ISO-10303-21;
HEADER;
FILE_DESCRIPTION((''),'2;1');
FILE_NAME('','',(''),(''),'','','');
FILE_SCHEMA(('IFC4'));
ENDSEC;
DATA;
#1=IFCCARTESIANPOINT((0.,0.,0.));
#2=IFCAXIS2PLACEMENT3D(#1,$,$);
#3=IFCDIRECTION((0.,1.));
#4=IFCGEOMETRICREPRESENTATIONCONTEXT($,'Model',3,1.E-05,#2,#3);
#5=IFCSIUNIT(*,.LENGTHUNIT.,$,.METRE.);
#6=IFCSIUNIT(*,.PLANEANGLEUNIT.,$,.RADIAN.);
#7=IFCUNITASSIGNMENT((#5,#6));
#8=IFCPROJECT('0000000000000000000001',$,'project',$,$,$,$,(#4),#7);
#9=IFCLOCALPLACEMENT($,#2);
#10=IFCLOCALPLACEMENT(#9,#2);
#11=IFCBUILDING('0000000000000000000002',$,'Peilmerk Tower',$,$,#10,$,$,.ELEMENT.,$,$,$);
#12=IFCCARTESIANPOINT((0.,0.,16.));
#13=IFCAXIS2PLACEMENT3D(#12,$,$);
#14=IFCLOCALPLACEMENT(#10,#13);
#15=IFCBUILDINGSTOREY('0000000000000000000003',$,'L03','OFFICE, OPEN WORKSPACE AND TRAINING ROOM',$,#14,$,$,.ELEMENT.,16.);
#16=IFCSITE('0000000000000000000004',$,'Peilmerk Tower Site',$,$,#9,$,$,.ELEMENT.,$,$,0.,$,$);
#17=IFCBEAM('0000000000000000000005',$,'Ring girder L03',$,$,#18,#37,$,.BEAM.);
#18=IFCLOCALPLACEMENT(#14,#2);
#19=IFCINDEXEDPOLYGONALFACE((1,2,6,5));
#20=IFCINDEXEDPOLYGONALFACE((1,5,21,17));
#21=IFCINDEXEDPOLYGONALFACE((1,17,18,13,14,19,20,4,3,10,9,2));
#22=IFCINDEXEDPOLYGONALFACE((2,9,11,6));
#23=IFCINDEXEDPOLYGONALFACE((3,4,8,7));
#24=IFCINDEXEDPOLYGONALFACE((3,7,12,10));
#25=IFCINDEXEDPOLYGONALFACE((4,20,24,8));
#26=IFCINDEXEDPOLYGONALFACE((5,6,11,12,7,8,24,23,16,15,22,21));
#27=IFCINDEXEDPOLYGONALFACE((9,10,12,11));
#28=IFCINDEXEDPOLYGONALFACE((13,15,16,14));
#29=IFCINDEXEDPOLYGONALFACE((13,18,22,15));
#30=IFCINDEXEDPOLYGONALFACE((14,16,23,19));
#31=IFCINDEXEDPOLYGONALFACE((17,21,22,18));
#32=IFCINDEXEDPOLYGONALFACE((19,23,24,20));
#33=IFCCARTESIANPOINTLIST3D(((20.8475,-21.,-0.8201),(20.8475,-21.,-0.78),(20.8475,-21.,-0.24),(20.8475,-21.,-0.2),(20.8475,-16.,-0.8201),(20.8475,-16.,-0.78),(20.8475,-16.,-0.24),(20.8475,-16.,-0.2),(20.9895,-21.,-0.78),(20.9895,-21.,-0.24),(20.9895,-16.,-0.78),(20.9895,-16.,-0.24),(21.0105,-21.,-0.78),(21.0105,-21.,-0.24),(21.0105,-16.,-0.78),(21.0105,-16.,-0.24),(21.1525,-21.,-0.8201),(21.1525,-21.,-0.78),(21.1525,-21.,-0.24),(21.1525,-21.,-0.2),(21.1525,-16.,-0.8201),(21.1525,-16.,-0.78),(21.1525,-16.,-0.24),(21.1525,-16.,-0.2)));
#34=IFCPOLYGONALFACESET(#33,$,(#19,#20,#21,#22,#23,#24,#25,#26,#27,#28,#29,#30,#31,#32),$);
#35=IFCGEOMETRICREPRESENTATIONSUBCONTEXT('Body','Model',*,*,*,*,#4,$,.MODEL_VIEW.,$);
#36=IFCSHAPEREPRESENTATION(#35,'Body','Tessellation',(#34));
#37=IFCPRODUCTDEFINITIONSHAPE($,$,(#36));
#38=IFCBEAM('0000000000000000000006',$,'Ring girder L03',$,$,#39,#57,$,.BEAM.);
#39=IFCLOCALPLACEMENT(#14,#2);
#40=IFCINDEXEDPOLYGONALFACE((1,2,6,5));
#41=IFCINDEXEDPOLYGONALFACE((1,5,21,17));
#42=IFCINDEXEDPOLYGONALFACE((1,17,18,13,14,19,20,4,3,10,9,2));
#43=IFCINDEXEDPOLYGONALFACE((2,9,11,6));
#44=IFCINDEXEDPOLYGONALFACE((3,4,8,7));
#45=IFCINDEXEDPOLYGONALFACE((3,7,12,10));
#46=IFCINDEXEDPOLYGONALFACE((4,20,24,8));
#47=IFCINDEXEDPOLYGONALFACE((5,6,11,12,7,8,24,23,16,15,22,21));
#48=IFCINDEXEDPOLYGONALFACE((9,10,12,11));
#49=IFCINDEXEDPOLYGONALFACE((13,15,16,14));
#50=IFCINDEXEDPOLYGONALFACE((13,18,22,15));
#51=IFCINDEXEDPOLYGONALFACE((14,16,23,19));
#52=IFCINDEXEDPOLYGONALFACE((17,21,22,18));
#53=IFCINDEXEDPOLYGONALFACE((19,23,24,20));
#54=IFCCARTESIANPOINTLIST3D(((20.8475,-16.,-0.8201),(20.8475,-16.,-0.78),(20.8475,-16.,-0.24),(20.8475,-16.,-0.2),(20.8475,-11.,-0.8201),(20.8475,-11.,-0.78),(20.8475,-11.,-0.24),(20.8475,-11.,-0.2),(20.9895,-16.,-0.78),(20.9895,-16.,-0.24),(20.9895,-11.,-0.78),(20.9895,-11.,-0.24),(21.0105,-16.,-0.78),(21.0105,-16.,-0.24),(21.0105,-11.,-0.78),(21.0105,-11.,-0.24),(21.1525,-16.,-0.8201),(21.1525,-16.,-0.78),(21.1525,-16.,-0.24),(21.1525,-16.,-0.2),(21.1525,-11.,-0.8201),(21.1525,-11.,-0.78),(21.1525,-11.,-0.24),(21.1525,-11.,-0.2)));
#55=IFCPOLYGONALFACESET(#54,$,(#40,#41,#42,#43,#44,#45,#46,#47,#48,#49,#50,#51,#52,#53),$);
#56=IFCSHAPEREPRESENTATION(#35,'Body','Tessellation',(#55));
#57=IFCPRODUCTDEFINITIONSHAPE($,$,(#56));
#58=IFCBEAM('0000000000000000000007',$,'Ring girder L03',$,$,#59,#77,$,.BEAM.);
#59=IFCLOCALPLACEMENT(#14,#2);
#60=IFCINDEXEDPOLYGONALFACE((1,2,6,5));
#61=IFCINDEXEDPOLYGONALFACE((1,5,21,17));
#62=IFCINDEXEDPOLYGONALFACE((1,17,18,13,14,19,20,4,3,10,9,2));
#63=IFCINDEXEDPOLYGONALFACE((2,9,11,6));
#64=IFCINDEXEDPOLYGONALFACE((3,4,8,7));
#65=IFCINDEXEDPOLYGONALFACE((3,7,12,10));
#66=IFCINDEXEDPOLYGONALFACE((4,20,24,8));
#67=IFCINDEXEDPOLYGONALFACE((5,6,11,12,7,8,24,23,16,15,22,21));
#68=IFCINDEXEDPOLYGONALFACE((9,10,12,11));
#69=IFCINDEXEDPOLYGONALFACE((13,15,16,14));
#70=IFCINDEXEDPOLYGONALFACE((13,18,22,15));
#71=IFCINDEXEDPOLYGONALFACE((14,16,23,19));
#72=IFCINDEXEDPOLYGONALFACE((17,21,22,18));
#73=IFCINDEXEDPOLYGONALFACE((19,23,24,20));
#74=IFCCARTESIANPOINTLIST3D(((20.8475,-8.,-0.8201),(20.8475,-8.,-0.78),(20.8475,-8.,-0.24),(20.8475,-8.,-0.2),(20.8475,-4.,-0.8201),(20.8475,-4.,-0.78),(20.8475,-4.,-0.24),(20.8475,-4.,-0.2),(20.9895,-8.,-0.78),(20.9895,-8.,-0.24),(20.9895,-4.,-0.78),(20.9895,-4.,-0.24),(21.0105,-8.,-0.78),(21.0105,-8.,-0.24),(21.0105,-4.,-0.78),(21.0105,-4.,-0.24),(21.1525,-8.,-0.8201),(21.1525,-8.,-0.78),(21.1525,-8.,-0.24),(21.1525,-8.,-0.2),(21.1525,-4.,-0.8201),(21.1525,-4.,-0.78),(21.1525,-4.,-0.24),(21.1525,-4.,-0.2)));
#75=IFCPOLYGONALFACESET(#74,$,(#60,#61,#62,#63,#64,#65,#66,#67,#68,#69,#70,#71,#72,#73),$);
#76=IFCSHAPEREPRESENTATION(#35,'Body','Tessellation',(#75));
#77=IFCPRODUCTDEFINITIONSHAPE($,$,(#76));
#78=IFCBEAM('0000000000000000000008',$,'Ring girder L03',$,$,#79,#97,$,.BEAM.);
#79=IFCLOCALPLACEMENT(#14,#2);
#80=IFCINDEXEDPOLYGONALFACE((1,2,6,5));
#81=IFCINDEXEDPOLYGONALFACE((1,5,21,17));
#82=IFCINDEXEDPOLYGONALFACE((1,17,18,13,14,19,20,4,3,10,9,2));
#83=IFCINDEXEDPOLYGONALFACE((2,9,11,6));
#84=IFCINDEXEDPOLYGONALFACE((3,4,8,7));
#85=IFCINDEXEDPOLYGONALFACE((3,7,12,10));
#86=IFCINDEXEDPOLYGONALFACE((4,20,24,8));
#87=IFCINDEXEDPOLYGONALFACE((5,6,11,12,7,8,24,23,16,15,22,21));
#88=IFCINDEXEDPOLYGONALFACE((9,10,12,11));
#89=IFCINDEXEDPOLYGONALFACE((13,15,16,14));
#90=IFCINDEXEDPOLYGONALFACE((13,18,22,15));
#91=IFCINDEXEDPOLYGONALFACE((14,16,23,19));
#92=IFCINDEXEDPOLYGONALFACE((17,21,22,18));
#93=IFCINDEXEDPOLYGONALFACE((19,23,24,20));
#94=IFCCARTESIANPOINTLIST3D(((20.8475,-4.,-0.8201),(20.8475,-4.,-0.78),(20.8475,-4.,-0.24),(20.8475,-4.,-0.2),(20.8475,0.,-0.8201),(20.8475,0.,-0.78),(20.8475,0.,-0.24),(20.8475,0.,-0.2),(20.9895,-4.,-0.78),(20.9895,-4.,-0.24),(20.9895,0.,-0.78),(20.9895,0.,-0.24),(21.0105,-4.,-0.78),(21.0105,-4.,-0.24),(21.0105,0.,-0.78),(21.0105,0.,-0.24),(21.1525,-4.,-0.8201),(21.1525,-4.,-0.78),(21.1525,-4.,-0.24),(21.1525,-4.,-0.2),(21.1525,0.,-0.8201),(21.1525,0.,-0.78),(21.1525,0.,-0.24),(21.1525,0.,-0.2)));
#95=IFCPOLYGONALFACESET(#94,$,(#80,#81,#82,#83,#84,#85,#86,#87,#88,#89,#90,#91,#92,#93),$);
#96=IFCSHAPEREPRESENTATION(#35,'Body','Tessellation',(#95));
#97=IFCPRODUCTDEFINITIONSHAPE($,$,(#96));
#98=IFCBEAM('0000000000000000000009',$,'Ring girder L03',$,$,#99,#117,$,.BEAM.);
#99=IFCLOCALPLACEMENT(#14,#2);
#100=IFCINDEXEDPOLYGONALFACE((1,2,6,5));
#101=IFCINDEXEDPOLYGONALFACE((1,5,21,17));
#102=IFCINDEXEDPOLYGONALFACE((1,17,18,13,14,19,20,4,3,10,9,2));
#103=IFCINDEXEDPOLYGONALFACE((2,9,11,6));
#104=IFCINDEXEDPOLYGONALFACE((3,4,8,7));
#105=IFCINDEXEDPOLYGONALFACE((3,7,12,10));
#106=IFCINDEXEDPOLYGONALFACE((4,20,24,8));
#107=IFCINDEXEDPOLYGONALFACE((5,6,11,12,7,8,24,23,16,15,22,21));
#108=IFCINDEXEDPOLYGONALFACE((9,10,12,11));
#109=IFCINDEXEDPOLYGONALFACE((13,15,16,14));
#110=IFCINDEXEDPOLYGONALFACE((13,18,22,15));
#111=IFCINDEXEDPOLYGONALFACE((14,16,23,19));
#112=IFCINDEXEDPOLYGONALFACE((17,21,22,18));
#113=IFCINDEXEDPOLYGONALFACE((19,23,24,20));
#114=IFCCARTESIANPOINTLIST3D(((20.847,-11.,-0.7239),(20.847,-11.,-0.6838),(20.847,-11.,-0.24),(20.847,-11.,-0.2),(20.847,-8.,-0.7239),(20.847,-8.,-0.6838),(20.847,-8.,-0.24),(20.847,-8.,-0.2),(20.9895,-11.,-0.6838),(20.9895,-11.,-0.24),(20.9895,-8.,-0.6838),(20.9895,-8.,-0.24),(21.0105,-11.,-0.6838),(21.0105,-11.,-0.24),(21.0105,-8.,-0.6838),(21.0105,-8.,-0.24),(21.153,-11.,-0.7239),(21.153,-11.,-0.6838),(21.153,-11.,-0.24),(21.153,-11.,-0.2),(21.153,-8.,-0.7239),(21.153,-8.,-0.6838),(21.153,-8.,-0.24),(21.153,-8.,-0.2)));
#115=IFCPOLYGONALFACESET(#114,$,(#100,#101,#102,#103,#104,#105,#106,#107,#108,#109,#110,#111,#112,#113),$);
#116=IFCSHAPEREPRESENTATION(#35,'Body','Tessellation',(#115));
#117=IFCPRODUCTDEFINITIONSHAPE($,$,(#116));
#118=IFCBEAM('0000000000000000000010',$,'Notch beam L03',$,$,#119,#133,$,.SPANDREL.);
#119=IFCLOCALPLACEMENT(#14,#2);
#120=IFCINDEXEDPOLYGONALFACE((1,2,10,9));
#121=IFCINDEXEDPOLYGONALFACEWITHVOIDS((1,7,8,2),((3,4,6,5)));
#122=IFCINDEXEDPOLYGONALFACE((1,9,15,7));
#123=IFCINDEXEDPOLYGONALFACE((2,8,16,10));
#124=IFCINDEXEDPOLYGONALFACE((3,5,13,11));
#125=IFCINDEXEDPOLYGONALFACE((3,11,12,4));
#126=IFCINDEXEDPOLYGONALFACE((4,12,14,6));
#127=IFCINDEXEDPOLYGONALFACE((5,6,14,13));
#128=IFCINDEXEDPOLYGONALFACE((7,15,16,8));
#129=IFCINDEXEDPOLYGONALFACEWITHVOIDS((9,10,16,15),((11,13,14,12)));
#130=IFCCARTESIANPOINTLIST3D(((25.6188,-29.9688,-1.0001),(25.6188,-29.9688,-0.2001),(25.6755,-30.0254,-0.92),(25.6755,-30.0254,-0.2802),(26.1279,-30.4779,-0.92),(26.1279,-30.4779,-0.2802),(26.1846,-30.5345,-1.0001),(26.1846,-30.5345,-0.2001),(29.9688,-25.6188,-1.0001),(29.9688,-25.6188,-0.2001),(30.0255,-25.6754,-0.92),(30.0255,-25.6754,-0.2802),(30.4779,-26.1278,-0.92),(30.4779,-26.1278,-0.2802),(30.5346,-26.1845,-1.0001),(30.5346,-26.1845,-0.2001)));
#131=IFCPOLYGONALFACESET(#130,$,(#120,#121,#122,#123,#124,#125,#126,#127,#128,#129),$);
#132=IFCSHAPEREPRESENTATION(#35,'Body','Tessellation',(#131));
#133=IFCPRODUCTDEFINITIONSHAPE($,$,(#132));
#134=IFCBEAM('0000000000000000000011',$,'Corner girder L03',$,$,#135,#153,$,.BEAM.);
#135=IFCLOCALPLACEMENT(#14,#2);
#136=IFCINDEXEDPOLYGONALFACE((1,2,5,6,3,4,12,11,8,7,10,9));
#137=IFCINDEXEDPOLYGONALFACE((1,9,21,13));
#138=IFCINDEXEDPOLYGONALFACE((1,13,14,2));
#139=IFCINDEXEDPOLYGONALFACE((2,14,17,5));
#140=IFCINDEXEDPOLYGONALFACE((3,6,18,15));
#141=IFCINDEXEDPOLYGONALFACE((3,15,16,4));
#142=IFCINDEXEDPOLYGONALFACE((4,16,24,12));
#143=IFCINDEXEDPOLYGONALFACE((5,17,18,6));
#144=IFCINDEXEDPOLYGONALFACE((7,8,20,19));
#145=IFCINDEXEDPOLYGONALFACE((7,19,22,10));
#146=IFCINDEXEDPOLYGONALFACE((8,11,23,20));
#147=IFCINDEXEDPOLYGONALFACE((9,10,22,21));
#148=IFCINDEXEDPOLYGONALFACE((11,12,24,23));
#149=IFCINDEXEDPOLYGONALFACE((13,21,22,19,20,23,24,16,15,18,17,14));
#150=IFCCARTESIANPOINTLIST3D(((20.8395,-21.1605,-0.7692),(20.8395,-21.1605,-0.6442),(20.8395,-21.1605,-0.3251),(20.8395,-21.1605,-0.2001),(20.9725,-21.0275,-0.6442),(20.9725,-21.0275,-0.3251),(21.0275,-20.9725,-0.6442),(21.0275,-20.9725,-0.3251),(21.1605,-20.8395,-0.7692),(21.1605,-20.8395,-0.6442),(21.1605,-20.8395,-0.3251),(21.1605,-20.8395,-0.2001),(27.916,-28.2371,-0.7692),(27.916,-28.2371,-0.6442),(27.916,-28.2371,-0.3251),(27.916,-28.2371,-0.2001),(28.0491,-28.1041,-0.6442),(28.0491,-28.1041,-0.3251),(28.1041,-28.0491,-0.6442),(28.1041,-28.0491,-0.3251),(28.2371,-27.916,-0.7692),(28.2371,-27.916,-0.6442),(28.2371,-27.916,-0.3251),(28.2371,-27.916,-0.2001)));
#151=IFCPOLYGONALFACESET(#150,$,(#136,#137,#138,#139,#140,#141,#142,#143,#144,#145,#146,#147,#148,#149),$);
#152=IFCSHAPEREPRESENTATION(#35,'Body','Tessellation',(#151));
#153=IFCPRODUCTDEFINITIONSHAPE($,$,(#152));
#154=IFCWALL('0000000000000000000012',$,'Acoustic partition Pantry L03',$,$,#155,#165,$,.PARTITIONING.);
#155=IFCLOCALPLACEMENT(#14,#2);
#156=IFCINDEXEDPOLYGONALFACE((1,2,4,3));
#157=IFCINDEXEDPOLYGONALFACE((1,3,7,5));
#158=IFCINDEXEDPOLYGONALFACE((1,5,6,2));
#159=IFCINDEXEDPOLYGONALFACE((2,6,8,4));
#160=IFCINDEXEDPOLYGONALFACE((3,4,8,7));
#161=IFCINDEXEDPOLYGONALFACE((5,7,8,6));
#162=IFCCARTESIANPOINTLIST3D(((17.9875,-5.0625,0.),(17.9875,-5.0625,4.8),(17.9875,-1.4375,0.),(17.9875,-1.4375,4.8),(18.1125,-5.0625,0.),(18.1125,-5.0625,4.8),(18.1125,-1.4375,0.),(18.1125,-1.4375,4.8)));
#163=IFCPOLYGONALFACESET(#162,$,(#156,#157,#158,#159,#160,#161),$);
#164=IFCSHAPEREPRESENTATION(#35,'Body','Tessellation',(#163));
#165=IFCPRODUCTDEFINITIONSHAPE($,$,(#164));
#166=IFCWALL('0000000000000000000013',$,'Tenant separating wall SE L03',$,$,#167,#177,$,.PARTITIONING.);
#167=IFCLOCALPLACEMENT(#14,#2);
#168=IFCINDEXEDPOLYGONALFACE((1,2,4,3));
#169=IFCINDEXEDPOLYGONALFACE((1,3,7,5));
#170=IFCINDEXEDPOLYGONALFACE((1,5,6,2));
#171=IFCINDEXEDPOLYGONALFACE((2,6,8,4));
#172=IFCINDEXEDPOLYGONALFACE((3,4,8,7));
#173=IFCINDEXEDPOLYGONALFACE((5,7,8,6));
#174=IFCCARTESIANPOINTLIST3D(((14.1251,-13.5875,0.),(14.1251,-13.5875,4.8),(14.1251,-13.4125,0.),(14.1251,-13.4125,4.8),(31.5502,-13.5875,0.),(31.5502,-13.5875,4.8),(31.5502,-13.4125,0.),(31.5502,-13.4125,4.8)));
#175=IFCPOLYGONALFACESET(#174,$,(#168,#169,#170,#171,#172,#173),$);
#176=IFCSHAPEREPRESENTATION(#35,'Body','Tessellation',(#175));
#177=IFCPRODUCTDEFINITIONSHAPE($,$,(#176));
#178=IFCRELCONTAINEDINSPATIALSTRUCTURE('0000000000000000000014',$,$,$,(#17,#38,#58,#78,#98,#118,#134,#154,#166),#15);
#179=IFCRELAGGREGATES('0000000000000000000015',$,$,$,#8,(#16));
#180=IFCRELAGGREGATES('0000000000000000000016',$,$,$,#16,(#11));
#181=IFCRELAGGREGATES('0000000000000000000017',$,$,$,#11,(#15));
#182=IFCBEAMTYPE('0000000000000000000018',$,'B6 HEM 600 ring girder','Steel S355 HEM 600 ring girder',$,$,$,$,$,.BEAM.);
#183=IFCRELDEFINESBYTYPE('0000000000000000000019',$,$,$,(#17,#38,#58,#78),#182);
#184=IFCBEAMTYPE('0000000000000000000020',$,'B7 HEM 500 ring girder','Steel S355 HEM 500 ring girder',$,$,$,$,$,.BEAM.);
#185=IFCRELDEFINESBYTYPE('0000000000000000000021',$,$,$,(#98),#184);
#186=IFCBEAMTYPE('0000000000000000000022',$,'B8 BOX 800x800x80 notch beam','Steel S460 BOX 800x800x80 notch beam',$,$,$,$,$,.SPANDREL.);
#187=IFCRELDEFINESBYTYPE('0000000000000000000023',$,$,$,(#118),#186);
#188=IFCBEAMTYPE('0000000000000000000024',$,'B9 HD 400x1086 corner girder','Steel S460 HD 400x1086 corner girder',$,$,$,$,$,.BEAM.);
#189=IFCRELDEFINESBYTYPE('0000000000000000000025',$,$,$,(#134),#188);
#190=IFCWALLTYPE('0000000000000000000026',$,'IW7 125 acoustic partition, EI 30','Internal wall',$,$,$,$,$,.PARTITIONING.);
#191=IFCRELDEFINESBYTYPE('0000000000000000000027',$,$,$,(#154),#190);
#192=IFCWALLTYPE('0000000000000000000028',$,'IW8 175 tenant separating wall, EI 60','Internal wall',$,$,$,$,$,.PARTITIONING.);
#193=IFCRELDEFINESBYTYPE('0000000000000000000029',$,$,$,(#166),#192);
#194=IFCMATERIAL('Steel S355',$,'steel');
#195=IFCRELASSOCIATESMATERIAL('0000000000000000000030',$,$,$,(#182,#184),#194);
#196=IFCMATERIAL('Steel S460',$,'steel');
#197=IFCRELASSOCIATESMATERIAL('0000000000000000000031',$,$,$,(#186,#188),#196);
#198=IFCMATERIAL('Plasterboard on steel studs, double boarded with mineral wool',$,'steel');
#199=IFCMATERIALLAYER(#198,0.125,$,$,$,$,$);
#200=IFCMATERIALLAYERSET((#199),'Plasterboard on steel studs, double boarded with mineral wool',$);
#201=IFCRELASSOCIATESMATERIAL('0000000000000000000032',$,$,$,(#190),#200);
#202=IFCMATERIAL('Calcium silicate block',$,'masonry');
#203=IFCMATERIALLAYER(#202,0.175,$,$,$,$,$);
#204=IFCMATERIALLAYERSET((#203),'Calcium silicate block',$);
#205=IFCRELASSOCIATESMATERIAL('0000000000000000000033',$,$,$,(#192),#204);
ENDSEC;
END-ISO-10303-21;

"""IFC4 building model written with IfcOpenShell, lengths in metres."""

from ifc_helpers import new_model, si_unit, direction, frame, frame_2d, origin, origin_2d, place, context, subcontext, project, spatial, rectangle, hollow_rectangle, i_section, extrude, material, layer, layer_set, material_profile, profile_set, type_object, element, save


model = new_model("IFC4")

# Units and contexts
model_context = context("Model", 3, precision=1e-05, world=origin(), true_north=direction((0.0, 1.0)))
body_context = subcontext(model_context, "Body", "Model", "MODEL_VIEW")
ifc_project = project(units=[si_unit("LENGTHUNIT", "METRE"), si_unit("PLANEANGLEUNIT", "RADIAN")], contexts=[model_context])

# Site, building, storey
site_placement = place(None, origin())
site = spatial("IfcSite", under=ifc_project, at=site_placement, Name="Peilmerk Tower Site", CompositionType="ELEMENT", RefElevation=0.0)
building_placement = place(site_placement, origin())
building = spatial("IfcBuilding", under=site, at=building_placement, Name="Peilmerk Tower", CompositionType="ELEMENT")
storey_placement = place(building_placement, frame((0.0, 0.0, 16.0)))
storey = spatial("IfcBuildingStorey", under=building, at=storey_placement, Name="L03", Description="OFFICE, OPEN WORKSPACE AND TRAINING ROOM", CompositionType="ELEMENT", Elevation=16.0)

# Beams
ifc_material_1 = material(Name="Steel S355", Category="steel")
ifc_material_profile_1 = material_profile(ifc_material_1, i_section(OverallWidth=0.3049, OverallDepth=0.6201, WebThickness=0.021, FlangeThickness=0.04, at=origin_2d()), Name="HEM 600")
ifc_profile_set_1 = profile_set([ifc_material_profile_1], Name="Steel S355")
beam_type_1 = type_object("IfcBeamType", Name="B6 HEM 600 ring girder", Description="Steel S355 HEM 600 ring girder", PredefinedType="BEAM", material=ifc_profile_set_1)
for number, where, z_axis, x_axis, name in (
    (1, (21.0, -21.0, -0.51), (0.0, 1.0, 0.0), (-1.0, 0.0, 0.0), "Ring girder L03"),
    (2, (21.0, -16.0, -0.51), (0.0, 1.0, 0.0), (-1.0, 0.0, 0.0), "Ring girder L03"),
):
    element("IfcBeam", number, at=place(storey_placement, frame(where, z_axis=z_axis, x_axis=x_axis)), inside=storey, type_object=beam_type_1, Name=name, PredefinedType="BEAM", context=body_context, shape_type="SweptSolid", body=[
        extrude(i_section(OverallWidth=0.3049, OverallDepth=0.6201, WebThickness=0.021, FlangeThickness=0.04, at=origin_2d()), origin(), (0.0, 0.0, 1.0), 5.0),
    ])
for number, where, z_axis, x_axis, name in (
    (3, (21.0, -8.0, -0.51), (0.0, 1.0, 0.0), (-1.0, 0.0, 0.0), "Ring girder L03"),
    (4, (21.0, -4.0, -0.51), (0.0, 1.0, 0.0), (-1.0, 0.0, 0.0), "Ring girder L03"),
):
    element("IfcBeam", number, at=place(storey_placement, frame(where, z_axis=z_axis, x_axis=x_axis)), inside=storey, type_object=beam_type_1, Name=name, PredefinedType="BEAM", context=body_context, shape_type="SweptSolid", body=[
        extrude(i_section(OverallWidth=0.3049, OverallDepth=0.6201, WebThickness=0.021, FlangeThickness=0.04, at=origin_2d()), origin(), (0.0, 0.0, 1.0), 4.0),
    ])
ifc_material_profile_2 = material_profile(ifc_material_1, i_section(OverallWidth=0.3059, OverallDepth=0.5239, WebThickness=0.021, FlangeThickness=0.04, at=origin_2d()), Name="HEM 500")
ifc_profile_set_2 = profile_set([ifc_material_profile_2], Name="Steel S355")
beam_type_2 = type_object("IfcBeamType", Name="B7 HEM 500 ring girder", Description="Steel S355 HEM 500 ring girder", PredefinedType="BEAM", material=ifc_profile_set_2)
beam_1_placement = place(storey_placement, frame((21.0, -11.0, -0.4619), z_axis=(0.0, 1.0, 0.0), x_axis=(-1.0, 0.0, 0.0)))
element("IfcBeam", 5, at=beam_1_placement, inside=storey, type_object=beam_type_2, Name="Ring girder L03", PredefinedType="BEAM", context=body_context, shape_type="SweptSolid", body=[
    extrude(i_section(OverallWidth=0.3059, OverallDepth=0.5239, WebThickness=0.021, FlangeThickness=0.04, at=origin_2d()), origin(), (0.0, 0.0, 1.0), 3.0),
])
ifc_material_2 = material(Name="Steel S460", Category="steel")
ifc_material_profile_3 = material_profile(ifc_material_2, hollow_rectangle(XDim=0.8, YDim=0.8, WallThickness=0.0801, at=origin_2d()), Name="BOX 800x800x80")
ifc_profile_set_3 = profile_set([ifc_material_profile_3], Name="Steel S460")
beam_type_3 = type_object("IfcBeamType", Name="B8 BOX 800x800x80 notch beam", Description="Steel S460 BOX 800x800x80 notch beam", PredefinedType="SPANDREL", material=ifc_profile_set_3)
beam_2_placement = place(storey_placement, frame((30.2517, -25.9016, -0.6001), z_axis=(-0.707107, -0.707107, 0.0), x_axis=(0.707107, -0.707107, 0.0)))
element("IfcBeam", 6, at=beam_2_placement, inside=storey, type_object=beam_type_3, Name="Notch beam L03", PredefinedType="SPANDREL", context=body_context, shape_type="SweptSolid", body=[
    extrude(hollow_rectangle(XDim=0.8, YDim=0.8, WallThickness=0.0801, at=origin_2d()), origin(), (0.0, 0.0, 1.0), 6.1519),
])
ifc_material_profile_4 = material_profile(ifc_material_2, i_section(OverallWidth=0.4541, OverallDepth=0.5691, WebThickness=0.0779, FlangeThickness=0.125, at=origin_2d()), Name="HD 400x1086")
ifc_profile_set_4 = profile_set([ifc_material_profile_4], Name="Steel S460")
beam_type_4 = type_object("IfcBeamType", Name="B9 HD 400x1086 corner girder", Description="Steel S460 HD 400x1086 corner girder", PredefinedType="BEAM", material=ifc_profile_set_4)
beam_3_placement = place(storey_placement, frame((21.0, -21.0, -0.4846), z_axis=(0.707107, -0.707107, 0.0), x_axis=(0.707107, 0.707107, 0.0)))
element("IfcBeam", 7, at=beam_3_placement, inside=storey, type_object=beam_type_4, Name="Corner girder L03", PredefinedType="BEAM", context=body_context, shape_type="SweptSolid", body=[
    extrude(i_section(OverallWidth=0.4541, OverallDepth=0.5691, WebThickness=0.0779, FlangeThickness=0.125, at=origin_2d()), origin(), (0.0, 0.0, 1.0), 10.0078),
])

# Walls
ifc_material_3 = material(Name="Plasterboard on steel studs, double boarded with mineral wool", Category="steel")
ifc_layer_1 = layer(ifc_material_3, 0.125)
ifc_layer_set_1 = layer_set([ifc_layer_1], Name="Plasterboard on steel studs, double boarded with mineral wool")
wall_type_1 = type_object("IfcWallType", Name="IW7 125 acoustic partition, EI 30", Description="Internal wall", PredefinedType="PARTITIONING", material=ifc_layer_set_1)
wall_1_placement = place(storey_placement, frame((18.05, -5.0625, 0.0), z_axis=(0.0, 0.0, 1.0), x_axis=(0.0, 1.0, 0.0)))
element("IfcWall", 8, at=wall_1_placement, inside=storey, type_object=wall_type_1, Name="Acoustic partition Pantry L03", PredefinedType="PARTITIONING", context=body_context, shape_type="SweptSolid", body=[
    extrude(rectangle(XDim=3.625, YDim=0.125, at=frame_2d((1.8125, 0.0))), origin(), (0.0, 0.0, 1.0), 4.8),
])
ifc_material_4 = material(Name="Calcium silicate block", Category="masonry")
ifc_layer_2 = layer(ifc_material_4, 0.175)
ifc_layer_set_2 = layer_set([ifc_layer_2], Name="Calcium silicate block")
wall_type_2 = type_object("IfcWallType", Name="IW8 175 tenant separating wall, EI 60", Description="Internal wall", PredefinedType="PARTITIONING", material=ifc_layer_set_2)
wall_2_placement = place(storey_placement, frame((31.55, -13.5, 0.0), z_axis=(0.0, 0.0, 1.0), x_axis=(-1.0, 0.0, 0.0)))
element("IfcWall", 9, at=wall_2_placement, inside=storey, type_object=wall_type_2, Name="Tenant separating wall SE L03", PredefinedType="PARTITIONING", context=body_context, shape_type="SweptSolid", body=[
    extrude(rectangle(XDim=17.425, YDim=0.175, at=frame_2d((8.7124, 0.0))), origin(), (0.0, 0.0, 1.0), 4.8),
])

save(model, "model.ifc")
